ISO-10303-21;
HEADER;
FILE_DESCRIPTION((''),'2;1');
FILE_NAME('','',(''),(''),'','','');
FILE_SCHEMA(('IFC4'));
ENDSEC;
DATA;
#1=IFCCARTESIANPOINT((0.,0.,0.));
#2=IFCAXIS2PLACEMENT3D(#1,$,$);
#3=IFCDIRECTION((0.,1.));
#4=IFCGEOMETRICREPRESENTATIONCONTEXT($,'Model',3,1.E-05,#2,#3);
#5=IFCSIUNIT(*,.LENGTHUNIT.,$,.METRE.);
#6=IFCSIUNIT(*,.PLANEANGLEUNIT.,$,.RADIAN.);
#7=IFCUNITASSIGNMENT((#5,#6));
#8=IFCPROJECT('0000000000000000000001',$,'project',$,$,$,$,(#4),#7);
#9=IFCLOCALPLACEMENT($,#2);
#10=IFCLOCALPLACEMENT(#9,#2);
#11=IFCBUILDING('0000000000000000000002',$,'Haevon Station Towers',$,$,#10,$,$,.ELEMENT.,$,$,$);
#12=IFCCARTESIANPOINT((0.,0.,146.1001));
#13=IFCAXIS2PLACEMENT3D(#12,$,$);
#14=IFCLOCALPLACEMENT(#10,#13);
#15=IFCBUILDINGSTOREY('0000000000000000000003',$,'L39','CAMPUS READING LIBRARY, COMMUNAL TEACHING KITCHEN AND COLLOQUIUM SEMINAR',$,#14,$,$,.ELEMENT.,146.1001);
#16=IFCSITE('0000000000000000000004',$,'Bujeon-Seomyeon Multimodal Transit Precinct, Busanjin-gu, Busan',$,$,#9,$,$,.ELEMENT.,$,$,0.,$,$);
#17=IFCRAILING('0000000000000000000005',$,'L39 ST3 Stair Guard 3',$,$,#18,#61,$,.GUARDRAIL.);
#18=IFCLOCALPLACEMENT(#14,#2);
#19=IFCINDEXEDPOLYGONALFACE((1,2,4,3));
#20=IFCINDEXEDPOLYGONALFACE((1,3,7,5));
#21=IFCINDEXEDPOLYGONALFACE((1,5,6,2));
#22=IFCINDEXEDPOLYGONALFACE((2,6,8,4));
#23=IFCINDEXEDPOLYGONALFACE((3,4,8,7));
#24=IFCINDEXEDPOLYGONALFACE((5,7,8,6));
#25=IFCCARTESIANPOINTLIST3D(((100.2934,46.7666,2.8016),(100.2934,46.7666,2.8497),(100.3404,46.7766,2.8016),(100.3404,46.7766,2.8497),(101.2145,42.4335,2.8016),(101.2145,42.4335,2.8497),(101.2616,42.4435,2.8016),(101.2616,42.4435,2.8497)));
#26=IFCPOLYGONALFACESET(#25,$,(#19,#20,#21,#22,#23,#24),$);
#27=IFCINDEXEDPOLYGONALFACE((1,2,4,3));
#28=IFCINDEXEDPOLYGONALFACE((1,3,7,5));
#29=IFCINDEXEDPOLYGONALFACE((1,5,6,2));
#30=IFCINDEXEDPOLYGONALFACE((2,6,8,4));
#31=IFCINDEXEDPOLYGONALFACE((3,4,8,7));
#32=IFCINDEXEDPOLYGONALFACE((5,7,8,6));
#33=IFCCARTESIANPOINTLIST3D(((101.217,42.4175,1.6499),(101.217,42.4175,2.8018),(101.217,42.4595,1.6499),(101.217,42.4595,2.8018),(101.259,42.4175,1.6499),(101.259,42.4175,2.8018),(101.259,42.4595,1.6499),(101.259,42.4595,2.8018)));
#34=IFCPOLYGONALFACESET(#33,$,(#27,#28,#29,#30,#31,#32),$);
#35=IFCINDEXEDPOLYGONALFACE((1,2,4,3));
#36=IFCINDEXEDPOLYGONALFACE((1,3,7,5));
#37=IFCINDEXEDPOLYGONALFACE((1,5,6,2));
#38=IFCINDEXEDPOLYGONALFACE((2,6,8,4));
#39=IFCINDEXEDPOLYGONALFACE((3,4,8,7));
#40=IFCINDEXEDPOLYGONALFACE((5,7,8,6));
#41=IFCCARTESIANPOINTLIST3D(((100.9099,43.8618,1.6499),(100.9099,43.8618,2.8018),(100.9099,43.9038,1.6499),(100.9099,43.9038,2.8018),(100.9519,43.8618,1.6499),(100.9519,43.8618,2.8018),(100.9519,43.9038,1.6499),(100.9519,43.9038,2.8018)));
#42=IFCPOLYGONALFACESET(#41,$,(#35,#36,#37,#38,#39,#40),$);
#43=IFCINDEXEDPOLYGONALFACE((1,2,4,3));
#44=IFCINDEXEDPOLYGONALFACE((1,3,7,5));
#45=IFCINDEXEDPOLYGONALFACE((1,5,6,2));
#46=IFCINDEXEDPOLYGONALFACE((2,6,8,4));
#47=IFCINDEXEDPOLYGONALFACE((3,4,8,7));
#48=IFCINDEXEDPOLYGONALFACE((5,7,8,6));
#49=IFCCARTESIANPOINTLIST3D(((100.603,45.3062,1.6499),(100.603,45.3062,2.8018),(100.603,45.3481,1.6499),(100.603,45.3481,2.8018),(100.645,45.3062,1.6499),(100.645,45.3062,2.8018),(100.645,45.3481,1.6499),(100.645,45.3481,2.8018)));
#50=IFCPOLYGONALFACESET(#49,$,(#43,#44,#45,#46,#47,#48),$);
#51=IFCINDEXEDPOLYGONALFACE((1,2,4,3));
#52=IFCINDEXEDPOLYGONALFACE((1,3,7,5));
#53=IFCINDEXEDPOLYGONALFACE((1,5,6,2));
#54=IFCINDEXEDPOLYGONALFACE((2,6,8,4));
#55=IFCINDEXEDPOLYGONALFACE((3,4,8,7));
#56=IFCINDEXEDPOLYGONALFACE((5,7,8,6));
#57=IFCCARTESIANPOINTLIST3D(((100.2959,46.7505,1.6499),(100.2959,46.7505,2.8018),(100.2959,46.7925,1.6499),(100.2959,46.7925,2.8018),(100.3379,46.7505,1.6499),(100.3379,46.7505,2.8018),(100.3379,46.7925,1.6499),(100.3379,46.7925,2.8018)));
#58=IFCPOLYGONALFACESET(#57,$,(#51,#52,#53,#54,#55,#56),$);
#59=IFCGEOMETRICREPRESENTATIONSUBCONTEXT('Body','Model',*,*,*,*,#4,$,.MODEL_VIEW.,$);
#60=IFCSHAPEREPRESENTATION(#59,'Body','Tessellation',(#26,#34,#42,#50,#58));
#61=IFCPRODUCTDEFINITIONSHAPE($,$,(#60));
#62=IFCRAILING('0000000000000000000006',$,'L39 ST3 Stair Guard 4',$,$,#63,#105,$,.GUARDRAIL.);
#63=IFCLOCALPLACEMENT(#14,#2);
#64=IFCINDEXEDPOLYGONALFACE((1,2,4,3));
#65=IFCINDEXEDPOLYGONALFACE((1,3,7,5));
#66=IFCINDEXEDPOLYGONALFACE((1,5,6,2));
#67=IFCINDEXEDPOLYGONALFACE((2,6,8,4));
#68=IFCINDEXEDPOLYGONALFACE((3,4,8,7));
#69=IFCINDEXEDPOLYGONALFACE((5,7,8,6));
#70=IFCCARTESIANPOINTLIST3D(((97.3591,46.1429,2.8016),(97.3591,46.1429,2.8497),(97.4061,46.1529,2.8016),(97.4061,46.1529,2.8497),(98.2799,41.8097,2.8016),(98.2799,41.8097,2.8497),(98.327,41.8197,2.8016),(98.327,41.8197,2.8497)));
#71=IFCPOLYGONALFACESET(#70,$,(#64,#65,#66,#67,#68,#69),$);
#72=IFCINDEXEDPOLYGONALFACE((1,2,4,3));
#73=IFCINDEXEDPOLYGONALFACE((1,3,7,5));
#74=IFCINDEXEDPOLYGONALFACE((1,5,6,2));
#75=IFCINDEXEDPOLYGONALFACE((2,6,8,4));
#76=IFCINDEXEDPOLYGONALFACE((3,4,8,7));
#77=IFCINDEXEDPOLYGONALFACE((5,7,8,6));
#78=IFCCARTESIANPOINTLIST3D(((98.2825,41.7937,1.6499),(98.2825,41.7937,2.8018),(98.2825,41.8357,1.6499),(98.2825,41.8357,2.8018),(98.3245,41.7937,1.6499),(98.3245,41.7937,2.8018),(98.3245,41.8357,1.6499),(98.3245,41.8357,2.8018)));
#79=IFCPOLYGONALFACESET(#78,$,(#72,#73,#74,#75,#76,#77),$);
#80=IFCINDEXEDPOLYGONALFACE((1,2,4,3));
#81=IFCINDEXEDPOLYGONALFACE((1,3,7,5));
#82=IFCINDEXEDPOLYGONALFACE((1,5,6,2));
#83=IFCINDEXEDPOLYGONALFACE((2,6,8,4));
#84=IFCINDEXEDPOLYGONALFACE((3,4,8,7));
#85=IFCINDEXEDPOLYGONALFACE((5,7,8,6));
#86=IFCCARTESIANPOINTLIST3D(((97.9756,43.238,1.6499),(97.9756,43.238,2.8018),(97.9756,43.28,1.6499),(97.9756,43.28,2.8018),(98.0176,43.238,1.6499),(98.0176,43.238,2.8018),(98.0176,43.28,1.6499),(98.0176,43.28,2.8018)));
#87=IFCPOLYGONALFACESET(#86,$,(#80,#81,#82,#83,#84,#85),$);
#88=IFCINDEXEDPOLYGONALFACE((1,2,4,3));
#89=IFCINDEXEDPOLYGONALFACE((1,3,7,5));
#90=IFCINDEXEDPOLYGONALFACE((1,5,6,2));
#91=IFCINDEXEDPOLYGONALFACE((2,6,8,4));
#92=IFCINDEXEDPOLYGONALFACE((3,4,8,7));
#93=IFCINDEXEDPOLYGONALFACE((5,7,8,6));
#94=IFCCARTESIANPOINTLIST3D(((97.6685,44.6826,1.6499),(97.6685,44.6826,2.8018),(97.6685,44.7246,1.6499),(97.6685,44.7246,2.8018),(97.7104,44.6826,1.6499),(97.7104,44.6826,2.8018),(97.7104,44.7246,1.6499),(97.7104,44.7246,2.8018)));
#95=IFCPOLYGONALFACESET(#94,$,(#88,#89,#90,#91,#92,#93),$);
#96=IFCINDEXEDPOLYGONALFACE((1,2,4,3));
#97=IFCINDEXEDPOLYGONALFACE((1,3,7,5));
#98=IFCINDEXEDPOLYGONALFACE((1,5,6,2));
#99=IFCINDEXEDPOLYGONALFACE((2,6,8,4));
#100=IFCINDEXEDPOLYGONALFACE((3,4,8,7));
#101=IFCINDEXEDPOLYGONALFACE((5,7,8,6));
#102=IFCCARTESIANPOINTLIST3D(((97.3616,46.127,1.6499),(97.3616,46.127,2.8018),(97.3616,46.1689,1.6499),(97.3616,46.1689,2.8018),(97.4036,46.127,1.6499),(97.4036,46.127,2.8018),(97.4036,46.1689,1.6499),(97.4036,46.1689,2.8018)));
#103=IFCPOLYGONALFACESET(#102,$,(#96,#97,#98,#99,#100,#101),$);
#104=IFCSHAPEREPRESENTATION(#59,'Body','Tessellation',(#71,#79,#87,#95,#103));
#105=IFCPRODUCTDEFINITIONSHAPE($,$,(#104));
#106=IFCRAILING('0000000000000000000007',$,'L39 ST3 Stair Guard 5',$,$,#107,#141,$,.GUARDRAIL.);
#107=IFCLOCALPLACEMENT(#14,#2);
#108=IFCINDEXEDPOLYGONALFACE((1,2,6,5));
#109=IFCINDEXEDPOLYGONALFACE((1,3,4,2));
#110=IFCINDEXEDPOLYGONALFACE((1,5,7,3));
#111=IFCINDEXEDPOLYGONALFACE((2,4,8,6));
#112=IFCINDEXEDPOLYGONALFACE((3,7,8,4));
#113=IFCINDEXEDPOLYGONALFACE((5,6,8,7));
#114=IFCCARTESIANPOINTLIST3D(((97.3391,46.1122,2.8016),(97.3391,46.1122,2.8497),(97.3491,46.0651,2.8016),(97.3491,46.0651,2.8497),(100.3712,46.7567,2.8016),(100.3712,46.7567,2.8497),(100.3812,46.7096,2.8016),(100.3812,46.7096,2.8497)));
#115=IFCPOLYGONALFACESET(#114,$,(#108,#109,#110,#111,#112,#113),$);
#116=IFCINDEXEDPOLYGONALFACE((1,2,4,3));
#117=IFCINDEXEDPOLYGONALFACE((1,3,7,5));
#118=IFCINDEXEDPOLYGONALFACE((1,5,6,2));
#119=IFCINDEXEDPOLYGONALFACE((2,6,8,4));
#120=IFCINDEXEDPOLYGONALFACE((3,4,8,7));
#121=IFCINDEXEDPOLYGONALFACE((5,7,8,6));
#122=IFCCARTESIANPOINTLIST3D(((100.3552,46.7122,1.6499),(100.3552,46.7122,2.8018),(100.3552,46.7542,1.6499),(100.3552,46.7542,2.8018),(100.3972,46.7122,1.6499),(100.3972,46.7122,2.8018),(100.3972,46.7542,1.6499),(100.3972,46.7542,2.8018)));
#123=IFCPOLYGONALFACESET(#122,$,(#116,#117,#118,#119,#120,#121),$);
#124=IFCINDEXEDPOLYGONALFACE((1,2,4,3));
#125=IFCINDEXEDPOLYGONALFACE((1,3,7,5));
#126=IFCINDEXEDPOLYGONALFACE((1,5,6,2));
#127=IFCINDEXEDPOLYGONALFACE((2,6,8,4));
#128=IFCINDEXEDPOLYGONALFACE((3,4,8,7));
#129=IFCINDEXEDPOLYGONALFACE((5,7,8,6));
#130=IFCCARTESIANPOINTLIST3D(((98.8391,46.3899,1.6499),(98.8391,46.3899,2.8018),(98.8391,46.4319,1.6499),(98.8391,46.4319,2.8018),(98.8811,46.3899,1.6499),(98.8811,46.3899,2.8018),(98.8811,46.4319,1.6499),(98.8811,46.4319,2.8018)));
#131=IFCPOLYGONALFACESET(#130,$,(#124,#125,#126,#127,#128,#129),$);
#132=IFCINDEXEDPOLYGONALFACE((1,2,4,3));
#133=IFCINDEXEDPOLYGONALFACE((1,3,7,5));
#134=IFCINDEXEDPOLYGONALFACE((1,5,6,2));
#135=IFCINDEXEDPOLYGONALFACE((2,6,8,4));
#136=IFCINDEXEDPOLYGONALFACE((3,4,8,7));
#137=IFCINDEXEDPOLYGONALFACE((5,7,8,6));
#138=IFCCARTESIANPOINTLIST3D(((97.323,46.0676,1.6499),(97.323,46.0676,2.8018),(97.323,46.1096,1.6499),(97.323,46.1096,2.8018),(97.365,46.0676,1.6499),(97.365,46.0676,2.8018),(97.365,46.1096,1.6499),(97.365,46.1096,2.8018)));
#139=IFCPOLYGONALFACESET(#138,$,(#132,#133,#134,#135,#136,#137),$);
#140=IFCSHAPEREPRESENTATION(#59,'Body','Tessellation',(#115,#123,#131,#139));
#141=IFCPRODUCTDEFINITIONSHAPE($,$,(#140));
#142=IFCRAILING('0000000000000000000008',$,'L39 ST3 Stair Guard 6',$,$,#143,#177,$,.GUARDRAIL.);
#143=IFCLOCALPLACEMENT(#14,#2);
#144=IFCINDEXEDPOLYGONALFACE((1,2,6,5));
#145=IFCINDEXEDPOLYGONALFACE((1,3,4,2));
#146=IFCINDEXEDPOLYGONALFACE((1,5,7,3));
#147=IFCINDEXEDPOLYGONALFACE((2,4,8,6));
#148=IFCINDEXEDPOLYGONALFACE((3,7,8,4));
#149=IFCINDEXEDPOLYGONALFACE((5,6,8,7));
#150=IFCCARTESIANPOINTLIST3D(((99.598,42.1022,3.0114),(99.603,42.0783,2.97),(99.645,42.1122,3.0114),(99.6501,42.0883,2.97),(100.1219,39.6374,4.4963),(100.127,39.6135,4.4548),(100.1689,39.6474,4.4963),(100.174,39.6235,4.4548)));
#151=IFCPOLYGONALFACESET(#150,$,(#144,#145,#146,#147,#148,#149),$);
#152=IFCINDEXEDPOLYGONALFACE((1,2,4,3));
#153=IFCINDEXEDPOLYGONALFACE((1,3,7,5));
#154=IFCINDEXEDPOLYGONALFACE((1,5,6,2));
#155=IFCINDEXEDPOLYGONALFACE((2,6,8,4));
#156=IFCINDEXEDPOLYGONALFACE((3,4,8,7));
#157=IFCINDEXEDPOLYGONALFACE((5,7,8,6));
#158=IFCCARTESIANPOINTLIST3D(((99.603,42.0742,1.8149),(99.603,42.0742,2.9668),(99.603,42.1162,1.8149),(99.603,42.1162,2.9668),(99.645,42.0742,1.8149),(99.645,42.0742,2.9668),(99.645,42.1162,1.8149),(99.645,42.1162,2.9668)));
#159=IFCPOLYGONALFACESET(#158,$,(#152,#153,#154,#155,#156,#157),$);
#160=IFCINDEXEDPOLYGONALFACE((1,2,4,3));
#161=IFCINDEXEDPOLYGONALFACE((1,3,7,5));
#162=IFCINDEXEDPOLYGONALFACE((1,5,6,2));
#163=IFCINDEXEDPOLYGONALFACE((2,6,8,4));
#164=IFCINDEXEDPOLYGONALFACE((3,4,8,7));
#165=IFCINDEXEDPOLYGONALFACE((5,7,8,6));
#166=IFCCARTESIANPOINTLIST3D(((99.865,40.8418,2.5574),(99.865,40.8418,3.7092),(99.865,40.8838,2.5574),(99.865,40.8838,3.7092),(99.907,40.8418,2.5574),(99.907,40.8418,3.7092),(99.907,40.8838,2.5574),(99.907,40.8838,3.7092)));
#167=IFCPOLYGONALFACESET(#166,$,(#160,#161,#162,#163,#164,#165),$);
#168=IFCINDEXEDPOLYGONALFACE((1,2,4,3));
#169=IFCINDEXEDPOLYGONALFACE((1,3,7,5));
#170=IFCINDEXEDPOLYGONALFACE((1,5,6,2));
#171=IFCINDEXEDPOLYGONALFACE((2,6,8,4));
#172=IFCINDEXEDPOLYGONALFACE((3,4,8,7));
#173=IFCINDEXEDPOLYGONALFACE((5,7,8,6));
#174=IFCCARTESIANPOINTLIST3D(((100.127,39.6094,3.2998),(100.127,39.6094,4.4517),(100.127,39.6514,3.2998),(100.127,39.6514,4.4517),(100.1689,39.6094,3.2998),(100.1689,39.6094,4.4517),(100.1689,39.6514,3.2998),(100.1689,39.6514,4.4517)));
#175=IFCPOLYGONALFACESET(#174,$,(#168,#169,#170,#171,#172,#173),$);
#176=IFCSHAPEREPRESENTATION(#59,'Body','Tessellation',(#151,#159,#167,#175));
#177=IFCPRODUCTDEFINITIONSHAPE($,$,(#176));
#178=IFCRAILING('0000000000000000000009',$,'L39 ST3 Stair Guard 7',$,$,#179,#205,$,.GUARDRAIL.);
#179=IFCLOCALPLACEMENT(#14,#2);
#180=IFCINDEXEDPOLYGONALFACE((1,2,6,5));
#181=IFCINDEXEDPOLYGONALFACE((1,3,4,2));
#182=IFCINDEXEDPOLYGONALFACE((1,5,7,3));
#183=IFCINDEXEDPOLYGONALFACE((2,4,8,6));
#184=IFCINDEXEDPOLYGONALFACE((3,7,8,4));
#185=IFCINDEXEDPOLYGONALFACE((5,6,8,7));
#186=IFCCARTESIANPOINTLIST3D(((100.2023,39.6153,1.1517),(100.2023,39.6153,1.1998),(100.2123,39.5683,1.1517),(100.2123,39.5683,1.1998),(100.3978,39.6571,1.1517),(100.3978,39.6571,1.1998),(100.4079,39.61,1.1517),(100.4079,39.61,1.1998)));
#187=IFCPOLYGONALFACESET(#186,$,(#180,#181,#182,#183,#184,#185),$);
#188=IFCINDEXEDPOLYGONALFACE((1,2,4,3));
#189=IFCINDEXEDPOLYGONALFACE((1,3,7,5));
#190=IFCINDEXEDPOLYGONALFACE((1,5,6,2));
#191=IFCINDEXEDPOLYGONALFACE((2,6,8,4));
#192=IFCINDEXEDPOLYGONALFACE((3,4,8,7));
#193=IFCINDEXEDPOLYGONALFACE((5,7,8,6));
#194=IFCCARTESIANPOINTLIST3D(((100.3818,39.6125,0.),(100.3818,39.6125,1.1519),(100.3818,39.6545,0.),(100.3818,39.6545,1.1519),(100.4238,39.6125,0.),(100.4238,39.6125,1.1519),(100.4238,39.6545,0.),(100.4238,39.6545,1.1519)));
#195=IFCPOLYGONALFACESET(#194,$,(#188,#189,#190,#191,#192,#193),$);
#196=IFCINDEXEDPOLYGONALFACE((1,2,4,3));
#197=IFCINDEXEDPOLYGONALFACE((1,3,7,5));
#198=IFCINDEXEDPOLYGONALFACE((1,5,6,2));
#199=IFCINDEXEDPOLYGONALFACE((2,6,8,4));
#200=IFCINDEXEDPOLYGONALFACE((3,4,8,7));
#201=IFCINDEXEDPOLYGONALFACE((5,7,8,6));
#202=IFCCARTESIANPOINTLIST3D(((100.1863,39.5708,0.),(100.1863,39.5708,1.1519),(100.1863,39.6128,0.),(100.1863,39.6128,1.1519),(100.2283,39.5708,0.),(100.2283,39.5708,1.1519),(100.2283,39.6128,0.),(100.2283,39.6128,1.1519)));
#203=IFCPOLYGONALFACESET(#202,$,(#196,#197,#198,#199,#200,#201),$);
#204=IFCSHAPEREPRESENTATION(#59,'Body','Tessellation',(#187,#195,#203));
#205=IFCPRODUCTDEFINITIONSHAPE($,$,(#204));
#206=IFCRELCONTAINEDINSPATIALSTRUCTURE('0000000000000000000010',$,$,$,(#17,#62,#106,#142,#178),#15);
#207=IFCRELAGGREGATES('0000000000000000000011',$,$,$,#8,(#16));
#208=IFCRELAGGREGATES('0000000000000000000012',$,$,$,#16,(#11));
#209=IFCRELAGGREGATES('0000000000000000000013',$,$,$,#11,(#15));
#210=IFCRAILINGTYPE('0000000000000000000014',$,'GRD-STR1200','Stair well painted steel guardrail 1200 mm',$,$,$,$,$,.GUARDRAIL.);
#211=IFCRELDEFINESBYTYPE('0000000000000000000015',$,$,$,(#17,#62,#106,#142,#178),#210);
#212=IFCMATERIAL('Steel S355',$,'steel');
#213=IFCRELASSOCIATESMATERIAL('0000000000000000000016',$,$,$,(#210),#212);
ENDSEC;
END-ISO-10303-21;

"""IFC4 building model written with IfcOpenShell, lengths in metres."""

from ifc_helpers import new_model, si_unit, direction, frame, origin, origin_2d, place, context, subcontext, project, spatial, rectangle, extrude, material, type_object, element, save


model = new_model("IFC4")

# Units and contexts
model_context = context("Model", 3, precision=1e-05, world=origin(), true_north=direction((0.0, 1.0)))
body_context = subcontext(model_context, "Body", "Model", "MODEL_VIEW")
ifc_project = project(units=[si_unit("LENGTHUNIT", "METRE"), si_unit("PLANEANGLEUNIT", "RADIAN")], contexts=[model_context])

# Site, building, storey
site_placement = place(None, origin())
site = spatial("IfcSite", under=ifc_project, at=site_placement, Name="Bujeon-Seomyeon Multimodal Transit Precinct, Busanjin-gu, Busan", CompositionType="ELEMENT", RefElevation=0.0)
building_placement = place(site_placement, origin())
building = spatial("IfcBuilding", under=site, at=building_placement, Name="Haevon Station Towers", CompositionType="ELEMENT")
storey_placement = place(building_placement, frame((0.0, 0.0, 146.1001)))
storey = spatial("IfcBuildingStorey", under=building, at=storey_placement, Name="L39", Description="CAMPUS READING LIBRARY, COMMUNAL TEACHING KITCHEN AND COLLOQUIUM SEMINAR", CompositionType="ELEMENT", Elevation=146.1001)

# Shared definitions
ifc_material_1 = material(Name="Steel S355", Category="steel")

# Railings
railing_type_1 = type_object("IfcRailingType", Name="GRD-STR1200", Description="Stair well painted steel guardrail 1200 mm", PredefinedType="GUARDRAIL", material=ifc_material_1)
railing_1_placement = place(storey_placement, frame((101.238, 42.4385, 1.6499)))
element("IfcRailing", 1, at=railing_1_placement, inside=storey, type_object=railing_type_1, Name="L39 ST3 Stair Guard 3", PredefinedType="GUARDRAIL", context=body_context, shape_type="SweptSolid", body=[
    extrude(rectangle(XDim=0.0481, YDim=0.0481, at=origin_2d()), frame((0.0, 0.0, 1.1758), z_axis=(-0.20794, 0.978141, 0.0), x_axis=(-0.978141, -0.20794, 0.0)), (0.0, 0.0, 1.0), 4.4299),
    extrude(rectangle(XDim=0.042, YDim=0.042, at=origin_2d()), origin(), (0.0, 0.0, 1.0), 1.1519),
    extrude(rectangle(XDim=0.042, YDim=0.042, at=origin_2d()), frame((-0.3071, 1.4443, 0.0)), (0.0, 0.0, 1.0), 1.1519),
    extrude(rectangle(XDim=0.042, YDim=0.042, at=origin_2d()), frame((-0.614, 2.8887, 0.0)), (0.0, 0.0, 1.0), 1.1519),
    extrude(rectangle(XDim=0.042, YDim=0.042, at=origin_2d()), frame((-0.9211, 4.333, 0.0)), (0.0, 0.0, 1.0), 1.1519),
])
railing_2_placement = place(storey_placement, frame((98.3035, 41.8147, 1.6499)))
element("IfcRailing", 2, at=railing_2_placement, inside=storey, type_object=railing_type_1, Name="L39 ST3 Stair Guard 4", PredefinedType="GUARDRAIL", context=body_context, shape_type="SweptSolid", body=[
    extrude(rectangle(XDim=0.0481, YDim=0.0481, at=origin_2d()), frame((0.0, 0.0, 1.1758), z_axis=(-0.207877, 0.978155, 0.0), x_axis=(-0.978155, -0.207877, 0.0)), (0.0, 0.0, 1.0), 4.4299),
    extrude(rectangle(XDim=0.042, YDim=0.042, at=origin_2d()), origin(), (0.0, 0.0, 1.0), 1.1519),
    extrude(rectangle(XDim=0.042, YDim=0.042, at=origin_2d()), frame((-0.3069, 1.4443, 0.0)), (0.0, 0.0, 1.0), 1.1519),
    extrude(rectangle(XDim=0.042, YDim=0.042, at=origin_2d()), frame((-0.614, 2.8889, 0.0)), (0.0, 0.0, 1.0), 1.1519),
    extrude(rectangle(XDim=0.042, YDim=0.042, at=origin_2d()), frame((-0.9209, 4.3333, 0.0)), (0.0, 0.0, 1.0), 1.1519),
])
railing_3_placement = place(storey_placement, frame((100.3762, 46.7332, 1.6499)))
element("IfcRailing", 3, at=railing_3_placement, inside=storey, type_object=railing_type_1, Name="L39 ST3 Stair Guard 5", PredefinedType="GUARDRAIL", context=body_context, shape_type="SweptSolid", body=[
    extrude(rectangle(XDim=0.0481, YDim=0.0481, at=origin_2d()), frame((0.0, 0.0, 1.1758), z_axis=(-0.978147, -0.207915, 0.0), x_axis=(0.207915, -0.978147, 0.0)), (0.0, 0.0, 1.0), 3.0999),
    extrude(rectangle(XDim=0.042, YDim=0.042, at=origin_2d()), origin(), (0.0, 0.0, 1.0), 1.1519),
    extrude(rectangle(XDim=0.042, YDim=0.042, at=origin_2d()), frame((-1.5161, -0.3223, 0.0)), (0.0, 0.0, 1.0), 1.1519),
    extrude(rectangle(XDim=0.042, YDim=0.042, at=origin_2d()), frame((-3.0322, -0.6445, 0.0)), (0.0, 0.0, 1.0), 1.1519),
])
railing_4_placement = place(storey_placement, frame((99.624, 42.0952, 1.8149)))
element("IfcRailing", 4, at=railing_4_placement, inside=storey, type_object=railing_type_1, Name="L39 ST3 Stair Guard 6", PredefinedType="GUARDRAIL", context=body_context, shape_type="SweptSolid", body=[
    extrude(rectangle(XDim=0.0481, YDim=0.0481, at=origin_2d()), frame((0.0, 0.0, 1.1758), z_axis=(0.179129, -0.842724, 0.507671), x_axis=(0.978147, 0.207914, 0.0)), (0.0, 0.0, 1.0), 2.9248),
    extrude(rectangle(XDim=0.042, YDim=0.042, at=origin_2d()), origin(), (0.0, 0.0, 1.0), 1.1519),
    extrude(rectangle(XDim=0.042, YDim=0.042, at=origin_2d()), frame((0.262, -1.2324, 0.7424)), (0.0, 0.0, 1.0), 1.1519),
    extrude(rectangle(XDim=0.042, YDim=0.042, at=origin_2d()), frame((0.5239, -2.4648, 1.4849)), (0.0, 0.0, 1.0), 1.1519),
])
railing_5_placement = place(storey_placement, frame((100.4028, 39.6335, 0.0)))
element("IfcRailing", 5, at=railing_5_placement, inside=storey, type_object=railing_type_1, Name="L39 ST3 Stair Guard 7", PredefinedType="GUARDRAIL", context=body_context, shape_type="SweptSolid", body=[
    extrude(rectangle(XDim=0.0481, YDim=0.0481, at=origin_2d()), frame((0.0, 0.0, 1.1758), z_axis=(-0.977963, -0.208779, 0.0), x_axis=(0.208779, -0.977963, 0.0)), (0.0, 0.0, 1.0), 0.2),
    extrude(rectangle(XDim=0.042, YDim=0.042, at=origin_2d()), origin(), (0.0, 0.0, 1.0), 1.1519),
    extrude(rectangle(XDim=0.042, YDim=0.042, at=origin_2d()), frame((-0.1956, -0.0417, 0.0)), (0.0, 0.0, 1.0), 1.1519),
])

save(model, "model.ifc")
